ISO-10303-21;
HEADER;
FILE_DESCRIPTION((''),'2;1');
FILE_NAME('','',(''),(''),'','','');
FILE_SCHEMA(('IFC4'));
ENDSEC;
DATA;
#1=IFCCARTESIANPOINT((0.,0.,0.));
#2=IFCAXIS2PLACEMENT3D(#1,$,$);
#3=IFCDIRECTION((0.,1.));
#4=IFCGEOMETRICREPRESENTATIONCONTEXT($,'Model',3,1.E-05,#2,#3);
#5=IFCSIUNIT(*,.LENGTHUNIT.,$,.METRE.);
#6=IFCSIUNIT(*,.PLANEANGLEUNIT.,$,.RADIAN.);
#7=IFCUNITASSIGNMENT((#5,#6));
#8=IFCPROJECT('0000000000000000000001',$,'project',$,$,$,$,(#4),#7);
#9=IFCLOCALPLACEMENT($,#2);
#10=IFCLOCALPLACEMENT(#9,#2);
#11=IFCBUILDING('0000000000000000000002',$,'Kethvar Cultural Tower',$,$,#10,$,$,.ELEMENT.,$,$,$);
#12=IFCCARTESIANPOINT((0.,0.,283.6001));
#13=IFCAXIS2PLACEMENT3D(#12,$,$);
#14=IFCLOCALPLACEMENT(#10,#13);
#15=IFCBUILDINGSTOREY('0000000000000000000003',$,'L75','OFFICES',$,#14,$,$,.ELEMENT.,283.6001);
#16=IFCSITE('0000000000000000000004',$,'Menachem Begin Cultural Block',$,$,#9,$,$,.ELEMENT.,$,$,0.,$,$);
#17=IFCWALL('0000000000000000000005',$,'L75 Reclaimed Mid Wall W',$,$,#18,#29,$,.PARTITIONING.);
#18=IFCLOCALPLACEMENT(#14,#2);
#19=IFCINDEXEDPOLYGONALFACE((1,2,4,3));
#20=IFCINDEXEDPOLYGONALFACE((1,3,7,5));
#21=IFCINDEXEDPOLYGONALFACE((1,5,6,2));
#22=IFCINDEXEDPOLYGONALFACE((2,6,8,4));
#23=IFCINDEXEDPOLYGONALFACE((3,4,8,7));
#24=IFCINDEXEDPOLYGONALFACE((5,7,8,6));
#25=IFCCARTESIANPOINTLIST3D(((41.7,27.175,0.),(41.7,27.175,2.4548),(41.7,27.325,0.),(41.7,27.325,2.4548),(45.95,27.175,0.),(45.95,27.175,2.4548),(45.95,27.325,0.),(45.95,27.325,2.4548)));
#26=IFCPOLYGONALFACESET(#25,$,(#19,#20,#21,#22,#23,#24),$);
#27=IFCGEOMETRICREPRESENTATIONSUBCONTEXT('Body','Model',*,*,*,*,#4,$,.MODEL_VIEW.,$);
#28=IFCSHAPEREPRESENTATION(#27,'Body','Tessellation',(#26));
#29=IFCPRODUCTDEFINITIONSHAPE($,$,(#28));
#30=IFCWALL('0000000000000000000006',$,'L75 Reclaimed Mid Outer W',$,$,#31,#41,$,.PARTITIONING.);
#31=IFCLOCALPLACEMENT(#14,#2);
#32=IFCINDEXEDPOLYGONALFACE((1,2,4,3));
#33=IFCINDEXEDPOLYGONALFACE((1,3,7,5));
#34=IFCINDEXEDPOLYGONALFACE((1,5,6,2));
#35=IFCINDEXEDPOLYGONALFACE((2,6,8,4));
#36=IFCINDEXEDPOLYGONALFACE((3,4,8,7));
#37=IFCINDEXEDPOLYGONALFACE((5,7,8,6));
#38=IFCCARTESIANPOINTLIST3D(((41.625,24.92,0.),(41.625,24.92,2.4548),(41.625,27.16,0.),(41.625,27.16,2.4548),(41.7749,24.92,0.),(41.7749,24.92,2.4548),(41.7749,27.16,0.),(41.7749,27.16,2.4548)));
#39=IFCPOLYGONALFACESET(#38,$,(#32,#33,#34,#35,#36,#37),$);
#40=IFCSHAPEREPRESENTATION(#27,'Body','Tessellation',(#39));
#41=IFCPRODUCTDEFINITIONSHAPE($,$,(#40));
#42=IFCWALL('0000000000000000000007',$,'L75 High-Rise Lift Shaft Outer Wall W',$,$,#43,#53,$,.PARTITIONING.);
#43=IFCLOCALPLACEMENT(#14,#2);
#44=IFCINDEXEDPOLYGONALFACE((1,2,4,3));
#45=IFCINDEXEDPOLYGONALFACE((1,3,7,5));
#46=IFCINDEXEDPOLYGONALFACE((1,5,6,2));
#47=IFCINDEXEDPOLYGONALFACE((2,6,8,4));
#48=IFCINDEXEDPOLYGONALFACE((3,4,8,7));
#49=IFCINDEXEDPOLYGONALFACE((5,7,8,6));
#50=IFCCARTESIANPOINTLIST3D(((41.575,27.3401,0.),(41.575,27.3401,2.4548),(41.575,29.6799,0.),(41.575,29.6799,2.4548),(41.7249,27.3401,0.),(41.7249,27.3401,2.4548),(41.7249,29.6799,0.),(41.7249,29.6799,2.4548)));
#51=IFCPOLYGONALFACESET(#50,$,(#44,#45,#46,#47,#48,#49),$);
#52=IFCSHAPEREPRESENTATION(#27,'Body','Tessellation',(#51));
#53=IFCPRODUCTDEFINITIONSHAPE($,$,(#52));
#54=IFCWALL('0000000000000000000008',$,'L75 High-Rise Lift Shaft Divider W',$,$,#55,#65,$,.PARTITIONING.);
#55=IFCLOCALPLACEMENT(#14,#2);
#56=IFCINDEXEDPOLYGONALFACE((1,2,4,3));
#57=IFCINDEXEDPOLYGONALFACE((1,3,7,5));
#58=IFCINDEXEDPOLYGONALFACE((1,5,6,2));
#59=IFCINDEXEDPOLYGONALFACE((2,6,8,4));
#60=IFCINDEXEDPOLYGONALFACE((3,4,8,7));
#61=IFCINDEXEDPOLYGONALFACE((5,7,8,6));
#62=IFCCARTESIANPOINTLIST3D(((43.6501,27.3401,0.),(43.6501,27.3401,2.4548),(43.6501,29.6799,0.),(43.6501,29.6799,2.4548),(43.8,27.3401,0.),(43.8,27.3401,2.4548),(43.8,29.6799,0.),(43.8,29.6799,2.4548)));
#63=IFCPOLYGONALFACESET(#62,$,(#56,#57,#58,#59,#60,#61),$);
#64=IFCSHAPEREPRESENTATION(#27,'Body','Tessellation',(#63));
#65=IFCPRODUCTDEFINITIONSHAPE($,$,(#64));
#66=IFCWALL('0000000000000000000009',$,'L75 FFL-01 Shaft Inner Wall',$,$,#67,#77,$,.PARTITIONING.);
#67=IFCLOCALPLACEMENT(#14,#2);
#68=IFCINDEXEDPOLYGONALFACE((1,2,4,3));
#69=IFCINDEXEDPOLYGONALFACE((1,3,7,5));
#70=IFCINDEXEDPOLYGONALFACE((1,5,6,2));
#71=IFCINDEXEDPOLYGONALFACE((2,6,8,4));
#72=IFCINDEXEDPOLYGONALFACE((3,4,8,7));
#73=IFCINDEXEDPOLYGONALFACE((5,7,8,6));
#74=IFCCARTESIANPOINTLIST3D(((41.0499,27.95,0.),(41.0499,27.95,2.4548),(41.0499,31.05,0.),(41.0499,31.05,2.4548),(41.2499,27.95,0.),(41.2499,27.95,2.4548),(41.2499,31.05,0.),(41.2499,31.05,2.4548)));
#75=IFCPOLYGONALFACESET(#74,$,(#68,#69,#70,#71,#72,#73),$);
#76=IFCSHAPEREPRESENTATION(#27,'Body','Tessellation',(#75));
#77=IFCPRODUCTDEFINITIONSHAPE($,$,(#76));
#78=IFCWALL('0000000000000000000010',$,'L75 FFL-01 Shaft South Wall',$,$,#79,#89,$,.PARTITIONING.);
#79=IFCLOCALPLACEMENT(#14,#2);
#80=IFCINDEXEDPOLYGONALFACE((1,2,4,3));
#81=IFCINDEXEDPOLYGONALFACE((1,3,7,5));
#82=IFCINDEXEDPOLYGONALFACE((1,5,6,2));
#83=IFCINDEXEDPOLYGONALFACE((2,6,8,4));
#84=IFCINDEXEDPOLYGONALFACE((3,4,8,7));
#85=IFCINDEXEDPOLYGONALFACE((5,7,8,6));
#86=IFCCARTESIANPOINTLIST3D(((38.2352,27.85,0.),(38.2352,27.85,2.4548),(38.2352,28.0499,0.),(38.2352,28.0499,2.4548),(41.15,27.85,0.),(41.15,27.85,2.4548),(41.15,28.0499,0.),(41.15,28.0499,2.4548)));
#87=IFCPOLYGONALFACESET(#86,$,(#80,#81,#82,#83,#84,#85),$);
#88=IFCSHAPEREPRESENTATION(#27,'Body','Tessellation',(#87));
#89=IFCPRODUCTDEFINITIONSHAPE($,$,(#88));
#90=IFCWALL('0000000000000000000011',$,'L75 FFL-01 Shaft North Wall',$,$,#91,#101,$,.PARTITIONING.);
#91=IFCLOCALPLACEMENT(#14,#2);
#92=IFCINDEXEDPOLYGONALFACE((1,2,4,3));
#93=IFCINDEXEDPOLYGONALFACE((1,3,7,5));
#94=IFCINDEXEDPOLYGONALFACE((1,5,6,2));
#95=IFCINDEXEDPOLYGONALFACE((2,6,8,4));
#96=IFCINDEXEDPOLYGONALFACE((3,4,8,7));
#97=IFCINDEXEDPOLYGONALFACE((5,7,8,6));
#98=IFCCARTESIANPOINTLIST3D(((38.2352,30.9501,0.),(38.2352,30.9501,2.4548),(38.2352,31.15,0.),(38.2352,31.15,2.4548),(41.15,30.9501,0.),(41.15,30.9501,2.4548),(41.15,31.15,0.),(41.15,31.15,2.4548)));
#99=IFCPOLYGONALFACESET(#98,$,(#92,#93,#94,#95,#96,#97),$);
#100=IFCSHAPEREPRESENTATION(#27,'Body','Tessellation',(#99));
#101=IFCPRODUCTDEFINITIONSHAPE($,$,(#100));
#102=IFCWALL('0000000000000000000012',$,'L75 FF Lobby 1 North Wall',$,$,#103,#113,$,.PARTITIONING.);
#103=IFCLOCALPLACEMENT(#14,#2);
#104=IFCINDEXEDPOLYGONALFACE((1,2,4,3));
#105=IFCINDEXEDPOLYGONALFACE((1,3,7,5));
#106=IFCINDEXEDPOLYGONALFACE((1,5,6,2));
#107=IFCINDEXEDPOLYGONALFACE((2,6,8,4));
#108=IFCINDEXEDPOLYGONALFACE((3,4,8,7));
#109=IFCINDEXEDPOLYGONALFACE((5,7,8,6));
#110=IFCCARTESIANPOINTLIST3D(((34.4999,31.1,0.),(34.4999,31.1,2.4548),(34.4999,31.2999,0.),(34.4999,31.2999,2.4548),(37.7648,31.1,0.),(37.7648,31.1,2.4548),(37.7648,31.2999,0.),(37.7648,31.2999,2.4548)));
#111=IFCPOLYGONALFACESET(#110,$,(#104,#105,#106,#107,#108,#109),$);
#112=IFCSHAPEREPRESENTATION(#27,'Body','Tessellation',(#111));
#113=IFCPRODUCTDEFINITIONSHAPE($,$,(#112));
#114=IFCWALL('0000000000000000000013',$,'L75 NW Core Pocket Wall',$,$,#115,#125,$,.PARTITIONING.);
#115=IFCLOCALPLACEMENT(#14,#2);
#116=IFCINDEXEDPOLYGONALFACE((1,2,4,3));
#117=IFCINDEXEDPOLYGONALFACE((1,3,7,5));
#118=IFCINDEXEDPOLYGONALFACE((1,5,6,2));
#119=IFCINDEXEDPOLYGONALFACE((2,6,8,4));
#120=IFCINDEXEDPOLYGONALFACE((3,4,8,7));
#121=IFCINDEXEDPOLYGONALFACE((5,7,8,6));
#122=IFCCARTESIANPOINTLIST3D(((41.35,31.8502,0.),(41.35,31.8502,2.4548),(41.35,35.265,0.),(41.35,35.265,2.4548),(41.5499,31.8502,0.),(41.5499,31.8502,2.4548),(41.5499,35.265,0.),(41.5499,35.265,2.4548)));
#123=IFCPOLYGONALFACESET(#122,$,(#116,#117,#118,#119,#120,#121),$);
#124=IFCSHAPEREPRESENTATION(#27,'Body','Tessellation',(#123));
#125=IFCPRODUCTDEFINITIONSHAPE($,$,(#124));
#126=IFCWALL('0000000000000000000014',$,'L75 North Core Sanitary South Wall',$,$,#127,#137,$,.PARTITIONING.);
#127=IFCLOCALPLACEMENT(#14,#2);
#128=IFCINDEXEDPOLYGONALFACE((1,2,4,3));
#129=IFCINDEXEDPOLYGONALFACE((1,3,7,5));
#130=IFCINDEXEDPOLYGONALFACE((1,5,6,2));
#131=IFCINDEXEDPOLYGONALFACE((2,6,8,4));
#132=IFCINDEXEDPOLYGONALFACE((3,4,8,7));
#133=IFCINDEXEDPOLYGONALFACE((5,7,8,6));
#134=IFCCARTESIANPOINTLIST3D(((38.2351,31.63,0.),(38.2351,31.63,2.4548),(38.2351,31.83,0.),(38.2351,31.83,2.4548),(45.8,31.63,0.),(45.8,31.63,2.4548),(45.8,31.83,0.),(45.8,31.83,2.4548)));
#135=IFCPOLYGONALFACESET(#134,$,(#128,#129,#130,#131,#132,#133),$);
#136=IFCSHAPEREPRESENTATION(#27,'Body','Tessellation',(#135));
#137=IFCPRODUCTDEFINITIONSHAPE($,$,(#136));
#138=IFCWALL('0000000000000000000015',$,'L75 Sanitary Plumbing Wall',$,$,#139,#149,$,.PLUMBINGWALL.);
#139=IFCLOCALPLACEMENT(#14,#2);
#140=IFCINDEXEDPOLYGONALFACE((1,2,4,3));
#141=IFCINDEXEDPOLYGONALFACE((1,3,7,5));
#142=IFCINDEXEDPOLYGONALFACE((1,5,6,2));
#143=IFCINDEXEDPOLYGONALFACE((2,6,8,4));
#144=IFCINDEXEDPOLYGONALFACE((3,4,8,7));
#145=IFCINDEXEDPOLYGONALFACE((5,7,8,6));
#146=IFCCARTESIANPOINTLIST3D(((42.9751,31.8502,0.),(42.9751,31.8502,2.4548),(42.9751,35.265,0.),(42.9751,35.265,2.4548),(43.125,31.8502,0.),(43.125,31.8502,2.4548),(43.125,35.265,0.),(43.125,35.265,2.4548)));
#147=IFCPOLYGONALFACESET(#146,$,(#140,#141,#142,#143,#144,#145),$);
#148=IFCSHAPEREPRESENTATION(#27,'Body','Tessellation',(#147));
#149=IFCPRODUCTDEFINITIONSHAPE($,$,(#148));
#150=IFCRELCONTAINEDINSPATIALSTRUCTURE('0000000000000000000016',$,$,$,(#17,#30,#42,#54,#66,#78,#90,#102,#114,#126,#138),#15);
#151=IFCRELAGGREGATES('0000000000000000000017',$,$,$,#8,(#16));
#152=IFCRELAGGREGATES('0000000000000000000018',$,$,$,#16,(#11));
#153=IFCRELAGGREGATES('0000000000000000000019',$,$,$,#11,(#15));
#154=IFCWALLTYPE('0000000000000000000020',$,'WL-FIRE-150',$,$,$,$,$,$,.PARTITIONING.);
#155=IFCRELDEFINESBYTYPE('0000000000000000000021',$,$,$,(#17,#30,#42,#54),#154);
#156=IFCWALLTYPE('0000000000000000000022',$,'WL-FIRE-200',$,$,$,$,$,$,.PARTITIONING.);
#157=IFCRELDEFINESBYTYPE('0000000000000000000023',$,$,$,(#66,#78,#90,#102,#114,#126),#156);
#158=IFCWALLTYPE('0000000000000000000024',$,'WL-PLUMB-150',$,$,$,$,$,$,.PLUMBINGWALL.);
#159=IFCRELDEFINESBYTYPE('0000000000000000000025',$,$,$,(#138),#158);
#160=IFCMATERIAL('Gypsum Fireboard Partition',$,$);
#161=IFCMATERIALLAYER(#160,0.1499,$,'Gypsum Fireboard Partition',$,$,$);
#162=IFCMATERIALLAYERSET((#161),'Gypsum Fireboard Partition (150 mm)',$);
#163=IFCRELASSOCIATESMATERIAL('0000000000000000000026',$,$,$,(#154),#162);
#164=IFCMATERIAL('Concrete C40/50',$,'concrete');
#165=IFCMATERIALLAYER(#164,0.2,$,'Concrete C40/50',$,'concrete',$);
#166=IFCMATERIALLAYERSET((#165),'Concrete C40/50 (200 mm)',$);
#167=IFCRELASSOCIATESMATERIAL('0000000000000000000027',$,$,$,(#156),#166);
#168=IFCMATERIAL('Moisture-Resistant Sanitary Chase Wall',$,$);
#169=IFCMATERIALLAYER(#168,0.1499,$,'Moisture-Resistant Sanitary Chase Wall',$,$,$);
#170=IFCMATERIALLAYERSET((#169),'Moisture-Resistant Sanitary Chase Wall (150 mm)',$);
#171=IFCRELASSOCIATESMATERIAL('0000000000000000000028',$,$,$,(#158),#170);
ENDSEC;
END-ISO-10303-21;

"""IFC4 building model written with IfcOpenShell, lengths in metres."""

from ifc_helpers import new_model, si_unit, direction, frame, frame_2d, origin, place, context, subcontext, project, spatial, rectangle, extrude, material, layer, layer_set, type_object, element, save


model = new_model("IFC4")

# Units and contexts
model_context = context("Model", 3, precision=1e-05, world=origin(), true_north=direction((0.0, 1.0)))
body_context = subcontext(model_context, "Body", "Model", "MODEL_VIEW")
ifc_project = project(units=[si_unit("LENGTHUNIT", "METRE"), si_unit("PLANEANGLEUNIT", "RADIAN")], contexts=[model_context])

# Site, building, storey
site_placement = place(None, origin())
site = spatial("IfcSite", under=ifc_project, at=site_placement, Name="Menachem Begin Cultural Block", CompositionType="ELEMENT", RefElevation=0.0)
building_placement = place(site_placement, origin())
building = spatial("IfcBuilding", under=site, at=building_placement, Name="Kethvar Cultural Tower", CompositionType="ELEMENT")
storey_placement = place(building_placement, frame((0.0, 0.0, 283.6001)))
storey = spatial("IfcBuildingStorey", under=building, at=storey_placement, Name="L75", Description="OFFICES", CompositionType="ELEMENT", Elevation=283.6001)

# Walls
ifc_material_1 = material(Name="Gypsum Fireboard Partition")
ifc_layer_1 = layer(ifc_material_1, 0.1499, Name="Gypsum Fireboard Partition")
ifc_layer_set_1 = layer_set([ifc_layer_1], Name="Gypsum Fireboard Partition (150 mm)")
wall_type_1 = type_object("IfcWallType", Name="WL-FIRE-150", PredefinedType="PARTITIONING", material=ifc_layer_set_1)
wall_1_placement = place(storey_placement, frame((41.7, 27.25, 0.0), z_axis=(0.0, 0.0, 1.0), x_axis=(1.0, 0.0, 0.0)))
element("IfcWall", 1, at=wall_1_placement, inside=storey, type_object=wall_type_1, Name="L75 Reclaimed Mid Wall W", PredefinedType="PARTITIONING", context=body_context, shape_type="SweptSolid", body=[
    extrude(rectangle(XDim=4.25, YDim=0.1499, at=frame_2d((2.125, 0.0))), origin(), (0.0, 0.0, 1.0), 2.4548),
])
wall_2_placement = place(storey_placement, frame((41.7, 24.9199, 0.0), z_axis=(0.0, 0.0, 1.0), x_axis=(0.0, 1.0, 0.0)))
element("IfcWall", 2, at=wall_2_placement, inside=storey, type_object=wall_type_1, Name="L75 Reclaimed Mid Outer W", PredefinedType="PARTITIONING", context=body_context, shape_type="SweptSolid", body=[
    extrude(rectangle(XDim=2.24, YDim=0.1499, at=frame_2d((1.1201, 0.0))), origin(), (0.0, 0.0, 1.0), 2.4548),
])
for number, where, z_axis, x_axis, name in (
    (3, (41.6499, 27.3401, 0.0), (0.0, 0.0, 1.0), (0.0, 1.0, 0.0), "L75 High-Rise Lift Shaft Outer Wall W"),
    (4, (43.7251, 27.3401, 0.0), (0.0, 0.0, 1.0), (0.0, 1.0, 0.0), "L75 High-Rise Lift Shaft Divider W"),
):
    element("IfcWall", number, at=place(storey_placement, frame(where, z_axis=z_axis, x_axis=x_axis)), inside=storey, type_object=wall_type_1, Name=name, PredefinedType="PARTITIONING", context=body_context, shape_type="SweptSolid", body=[
        extrude(rectangle(XDim=2.3398, YDim=0.1499, at=frame_2d((1.1699, 0.0))), origin(), (0.0, 0.0, 1.0), 2.4548),
    ])
ifc_material_2 = material(Name="Concrete C40/50", Category="concrete")
ifc_layer_2 = layer(ifc_material_2, 0.2, Name="Concrete C40/50", Category="concrete")
ifc_layer_set_2 = layer_set([ifc_layer_2], Name="Concrete C40/50 (200 mm)")
wall_type_2 = type_object("IfcWallType", Name="WL-FIRE-200", PredefinedType="PARTITIONING", material=ifc_layer_set_2)
wall_3_placement = place(storey_placement, frame((41.1499, 27.95, 0.0), z_axis=(0.0, 0.0, 1.0), x_axis=(0.0, 1.0, 0.0)))
element("IfcWall", 5, at=wall_3_placement, inside=storey, type_object=wall_type_2, Name="L75 FFL-01 Shaft Inner Wall", PredefinedType="PARTITIONING", context=body_context, shape_type="SweptSolid", body=[
    extrude(rectangle(XDim=3.1001, YDim=0.2, at=frame_2d((1.55, 0.0))), origin(), (0.0, 0.0, 1.0), 2.4548),
])
for number, where, z_axis, x_axis, name in (
    (6, (38.2351, 27.95, 0.0), (0.0, 0.0, 1.0), (1.0, 0.0, 0.0), "L75 FFL-01 Shaft South Wall"),
    (7, (38.2351, 31.05, 0.0), (0.0, 0.0, 1.0), (1.0, 0.0, 0.0), "L75 FFL-01 Shaft North Wall"),
):
    element("IfcWall", number, at=place(storey_placement, frame(where, z_axis=z_axis, x_axis=x_axis)), inside=storey, type_object=wall_type_2, Name=name, PredefinedType="PARTITIONING", context=body_context, shape_type="SweptSolid", body=[
        extrude(rectangle(XDim=2.9148, YDim=0.2, at=frame_2d((1.4575, 0.0))), origin(), (0.0, 0.0, 1.0), 2.4548),
    ])

# Walls
wall_4_placement = place(storey_placement, frame((34.5, 31.2, 0.0), z_axis=(0.0, 0.0, 1.0), x_axis=(1.0, 0.0, 0.0)))
element("IfcWall", 8, at=wall_4_placement, inside=storey, type_object=wall_type_2, Name="L75 FF Lobby 1 North Wall", PredefinedType="PARTITIONING", context=body_context, shape_type="SweptSolid", body=[
    extrude(rectangle(XDim=3.2649, YDim=0.2, at=frame_2d((1.6323, 0.0))), origin(), (0.0, 0.0, 1.0), 2.4548),
])
wall_5_placement = place(storey_placement, frame((41.45, 31.8501, 0.0), z_axis=(0.0, 0.0, 1.0), x_axis=(0.0, 1.0, 0.0)))
element("IfcWall", 9, at=wall_5_placement, inside=storey, type_object=wall_type_2, Name="L75 NW Core Pocket Wall", PredefinedType="PARTITIONING", context=body_context, shape_type="SweptSolid", body=[
    extrude(rectangle(XDim=3.4148, YDim=0.2, at=frame_2d((1.7075, 0.0))), origin(), (0.0, 0.0, 1.0), 2.4548),
])
wall_6_placement = place(storey_placement, frame((38.2351, 31.73, 0.0), z_axis=(0.0, 0.0, 1.0), x_axis=(1.0, 0.0, 0.0)))
element("IfcWall", 10, at=wall_6_placement, inside=storey, type_object=wall_type_2, Name="L75 North Core Sanitary South Wall", PredefinedType="PARTITIONING", context=body_context, shape_type="SweptSolid", body=[
    extrude(rectangle(XDim=7.5649, YDim=0.2, at=frame_2d((3.7825, 0.0))), origin(), (0.0, 0.0, 1.0), 2.4548),
])
ifc_material_3 = material(Name="Moisture-Resistant Sanitary Chase Wall")
ifc_layer_3 = layer(ifc_material_3, 0.1499, Name="Moisture-Resistant Sanitary Chase Wall")
ifc_layer_set_3 = layer_set([ifc_layer_3], Name="Moisture-Resistant Sanitary Chase Wall (150 mm)")
wall_type_3 = type_object("IfcWallType", Name="WL-PLUMB-150", PredefinedType="PLUMBINGWALL", material=ifc_layer_set_3)
wall_7_placement = place(storey_placement, frame((43.05, 31.8501, 0.0), z_axis=(0.0, 0.0, 1.0), x_axis=(0.0, 1.0, 0.0)))
element("IfcWall", 11, at=wall_7_placement, inside=storey, type_object=wall_type_3, Name="L75 Sanitary Plumbing Wall", PredefinedType="PLUMBINGWALL", context=body_context, shape_type="SweptSolid", body=[
    extrude(rectangle(XDim=3.4148, YDim=0.1499, at=frame_2d((1.7075, 0.0))), origin(), (0.0, 0.0, 1.0), 2.4548),
])

save(model, "model.ifc")
